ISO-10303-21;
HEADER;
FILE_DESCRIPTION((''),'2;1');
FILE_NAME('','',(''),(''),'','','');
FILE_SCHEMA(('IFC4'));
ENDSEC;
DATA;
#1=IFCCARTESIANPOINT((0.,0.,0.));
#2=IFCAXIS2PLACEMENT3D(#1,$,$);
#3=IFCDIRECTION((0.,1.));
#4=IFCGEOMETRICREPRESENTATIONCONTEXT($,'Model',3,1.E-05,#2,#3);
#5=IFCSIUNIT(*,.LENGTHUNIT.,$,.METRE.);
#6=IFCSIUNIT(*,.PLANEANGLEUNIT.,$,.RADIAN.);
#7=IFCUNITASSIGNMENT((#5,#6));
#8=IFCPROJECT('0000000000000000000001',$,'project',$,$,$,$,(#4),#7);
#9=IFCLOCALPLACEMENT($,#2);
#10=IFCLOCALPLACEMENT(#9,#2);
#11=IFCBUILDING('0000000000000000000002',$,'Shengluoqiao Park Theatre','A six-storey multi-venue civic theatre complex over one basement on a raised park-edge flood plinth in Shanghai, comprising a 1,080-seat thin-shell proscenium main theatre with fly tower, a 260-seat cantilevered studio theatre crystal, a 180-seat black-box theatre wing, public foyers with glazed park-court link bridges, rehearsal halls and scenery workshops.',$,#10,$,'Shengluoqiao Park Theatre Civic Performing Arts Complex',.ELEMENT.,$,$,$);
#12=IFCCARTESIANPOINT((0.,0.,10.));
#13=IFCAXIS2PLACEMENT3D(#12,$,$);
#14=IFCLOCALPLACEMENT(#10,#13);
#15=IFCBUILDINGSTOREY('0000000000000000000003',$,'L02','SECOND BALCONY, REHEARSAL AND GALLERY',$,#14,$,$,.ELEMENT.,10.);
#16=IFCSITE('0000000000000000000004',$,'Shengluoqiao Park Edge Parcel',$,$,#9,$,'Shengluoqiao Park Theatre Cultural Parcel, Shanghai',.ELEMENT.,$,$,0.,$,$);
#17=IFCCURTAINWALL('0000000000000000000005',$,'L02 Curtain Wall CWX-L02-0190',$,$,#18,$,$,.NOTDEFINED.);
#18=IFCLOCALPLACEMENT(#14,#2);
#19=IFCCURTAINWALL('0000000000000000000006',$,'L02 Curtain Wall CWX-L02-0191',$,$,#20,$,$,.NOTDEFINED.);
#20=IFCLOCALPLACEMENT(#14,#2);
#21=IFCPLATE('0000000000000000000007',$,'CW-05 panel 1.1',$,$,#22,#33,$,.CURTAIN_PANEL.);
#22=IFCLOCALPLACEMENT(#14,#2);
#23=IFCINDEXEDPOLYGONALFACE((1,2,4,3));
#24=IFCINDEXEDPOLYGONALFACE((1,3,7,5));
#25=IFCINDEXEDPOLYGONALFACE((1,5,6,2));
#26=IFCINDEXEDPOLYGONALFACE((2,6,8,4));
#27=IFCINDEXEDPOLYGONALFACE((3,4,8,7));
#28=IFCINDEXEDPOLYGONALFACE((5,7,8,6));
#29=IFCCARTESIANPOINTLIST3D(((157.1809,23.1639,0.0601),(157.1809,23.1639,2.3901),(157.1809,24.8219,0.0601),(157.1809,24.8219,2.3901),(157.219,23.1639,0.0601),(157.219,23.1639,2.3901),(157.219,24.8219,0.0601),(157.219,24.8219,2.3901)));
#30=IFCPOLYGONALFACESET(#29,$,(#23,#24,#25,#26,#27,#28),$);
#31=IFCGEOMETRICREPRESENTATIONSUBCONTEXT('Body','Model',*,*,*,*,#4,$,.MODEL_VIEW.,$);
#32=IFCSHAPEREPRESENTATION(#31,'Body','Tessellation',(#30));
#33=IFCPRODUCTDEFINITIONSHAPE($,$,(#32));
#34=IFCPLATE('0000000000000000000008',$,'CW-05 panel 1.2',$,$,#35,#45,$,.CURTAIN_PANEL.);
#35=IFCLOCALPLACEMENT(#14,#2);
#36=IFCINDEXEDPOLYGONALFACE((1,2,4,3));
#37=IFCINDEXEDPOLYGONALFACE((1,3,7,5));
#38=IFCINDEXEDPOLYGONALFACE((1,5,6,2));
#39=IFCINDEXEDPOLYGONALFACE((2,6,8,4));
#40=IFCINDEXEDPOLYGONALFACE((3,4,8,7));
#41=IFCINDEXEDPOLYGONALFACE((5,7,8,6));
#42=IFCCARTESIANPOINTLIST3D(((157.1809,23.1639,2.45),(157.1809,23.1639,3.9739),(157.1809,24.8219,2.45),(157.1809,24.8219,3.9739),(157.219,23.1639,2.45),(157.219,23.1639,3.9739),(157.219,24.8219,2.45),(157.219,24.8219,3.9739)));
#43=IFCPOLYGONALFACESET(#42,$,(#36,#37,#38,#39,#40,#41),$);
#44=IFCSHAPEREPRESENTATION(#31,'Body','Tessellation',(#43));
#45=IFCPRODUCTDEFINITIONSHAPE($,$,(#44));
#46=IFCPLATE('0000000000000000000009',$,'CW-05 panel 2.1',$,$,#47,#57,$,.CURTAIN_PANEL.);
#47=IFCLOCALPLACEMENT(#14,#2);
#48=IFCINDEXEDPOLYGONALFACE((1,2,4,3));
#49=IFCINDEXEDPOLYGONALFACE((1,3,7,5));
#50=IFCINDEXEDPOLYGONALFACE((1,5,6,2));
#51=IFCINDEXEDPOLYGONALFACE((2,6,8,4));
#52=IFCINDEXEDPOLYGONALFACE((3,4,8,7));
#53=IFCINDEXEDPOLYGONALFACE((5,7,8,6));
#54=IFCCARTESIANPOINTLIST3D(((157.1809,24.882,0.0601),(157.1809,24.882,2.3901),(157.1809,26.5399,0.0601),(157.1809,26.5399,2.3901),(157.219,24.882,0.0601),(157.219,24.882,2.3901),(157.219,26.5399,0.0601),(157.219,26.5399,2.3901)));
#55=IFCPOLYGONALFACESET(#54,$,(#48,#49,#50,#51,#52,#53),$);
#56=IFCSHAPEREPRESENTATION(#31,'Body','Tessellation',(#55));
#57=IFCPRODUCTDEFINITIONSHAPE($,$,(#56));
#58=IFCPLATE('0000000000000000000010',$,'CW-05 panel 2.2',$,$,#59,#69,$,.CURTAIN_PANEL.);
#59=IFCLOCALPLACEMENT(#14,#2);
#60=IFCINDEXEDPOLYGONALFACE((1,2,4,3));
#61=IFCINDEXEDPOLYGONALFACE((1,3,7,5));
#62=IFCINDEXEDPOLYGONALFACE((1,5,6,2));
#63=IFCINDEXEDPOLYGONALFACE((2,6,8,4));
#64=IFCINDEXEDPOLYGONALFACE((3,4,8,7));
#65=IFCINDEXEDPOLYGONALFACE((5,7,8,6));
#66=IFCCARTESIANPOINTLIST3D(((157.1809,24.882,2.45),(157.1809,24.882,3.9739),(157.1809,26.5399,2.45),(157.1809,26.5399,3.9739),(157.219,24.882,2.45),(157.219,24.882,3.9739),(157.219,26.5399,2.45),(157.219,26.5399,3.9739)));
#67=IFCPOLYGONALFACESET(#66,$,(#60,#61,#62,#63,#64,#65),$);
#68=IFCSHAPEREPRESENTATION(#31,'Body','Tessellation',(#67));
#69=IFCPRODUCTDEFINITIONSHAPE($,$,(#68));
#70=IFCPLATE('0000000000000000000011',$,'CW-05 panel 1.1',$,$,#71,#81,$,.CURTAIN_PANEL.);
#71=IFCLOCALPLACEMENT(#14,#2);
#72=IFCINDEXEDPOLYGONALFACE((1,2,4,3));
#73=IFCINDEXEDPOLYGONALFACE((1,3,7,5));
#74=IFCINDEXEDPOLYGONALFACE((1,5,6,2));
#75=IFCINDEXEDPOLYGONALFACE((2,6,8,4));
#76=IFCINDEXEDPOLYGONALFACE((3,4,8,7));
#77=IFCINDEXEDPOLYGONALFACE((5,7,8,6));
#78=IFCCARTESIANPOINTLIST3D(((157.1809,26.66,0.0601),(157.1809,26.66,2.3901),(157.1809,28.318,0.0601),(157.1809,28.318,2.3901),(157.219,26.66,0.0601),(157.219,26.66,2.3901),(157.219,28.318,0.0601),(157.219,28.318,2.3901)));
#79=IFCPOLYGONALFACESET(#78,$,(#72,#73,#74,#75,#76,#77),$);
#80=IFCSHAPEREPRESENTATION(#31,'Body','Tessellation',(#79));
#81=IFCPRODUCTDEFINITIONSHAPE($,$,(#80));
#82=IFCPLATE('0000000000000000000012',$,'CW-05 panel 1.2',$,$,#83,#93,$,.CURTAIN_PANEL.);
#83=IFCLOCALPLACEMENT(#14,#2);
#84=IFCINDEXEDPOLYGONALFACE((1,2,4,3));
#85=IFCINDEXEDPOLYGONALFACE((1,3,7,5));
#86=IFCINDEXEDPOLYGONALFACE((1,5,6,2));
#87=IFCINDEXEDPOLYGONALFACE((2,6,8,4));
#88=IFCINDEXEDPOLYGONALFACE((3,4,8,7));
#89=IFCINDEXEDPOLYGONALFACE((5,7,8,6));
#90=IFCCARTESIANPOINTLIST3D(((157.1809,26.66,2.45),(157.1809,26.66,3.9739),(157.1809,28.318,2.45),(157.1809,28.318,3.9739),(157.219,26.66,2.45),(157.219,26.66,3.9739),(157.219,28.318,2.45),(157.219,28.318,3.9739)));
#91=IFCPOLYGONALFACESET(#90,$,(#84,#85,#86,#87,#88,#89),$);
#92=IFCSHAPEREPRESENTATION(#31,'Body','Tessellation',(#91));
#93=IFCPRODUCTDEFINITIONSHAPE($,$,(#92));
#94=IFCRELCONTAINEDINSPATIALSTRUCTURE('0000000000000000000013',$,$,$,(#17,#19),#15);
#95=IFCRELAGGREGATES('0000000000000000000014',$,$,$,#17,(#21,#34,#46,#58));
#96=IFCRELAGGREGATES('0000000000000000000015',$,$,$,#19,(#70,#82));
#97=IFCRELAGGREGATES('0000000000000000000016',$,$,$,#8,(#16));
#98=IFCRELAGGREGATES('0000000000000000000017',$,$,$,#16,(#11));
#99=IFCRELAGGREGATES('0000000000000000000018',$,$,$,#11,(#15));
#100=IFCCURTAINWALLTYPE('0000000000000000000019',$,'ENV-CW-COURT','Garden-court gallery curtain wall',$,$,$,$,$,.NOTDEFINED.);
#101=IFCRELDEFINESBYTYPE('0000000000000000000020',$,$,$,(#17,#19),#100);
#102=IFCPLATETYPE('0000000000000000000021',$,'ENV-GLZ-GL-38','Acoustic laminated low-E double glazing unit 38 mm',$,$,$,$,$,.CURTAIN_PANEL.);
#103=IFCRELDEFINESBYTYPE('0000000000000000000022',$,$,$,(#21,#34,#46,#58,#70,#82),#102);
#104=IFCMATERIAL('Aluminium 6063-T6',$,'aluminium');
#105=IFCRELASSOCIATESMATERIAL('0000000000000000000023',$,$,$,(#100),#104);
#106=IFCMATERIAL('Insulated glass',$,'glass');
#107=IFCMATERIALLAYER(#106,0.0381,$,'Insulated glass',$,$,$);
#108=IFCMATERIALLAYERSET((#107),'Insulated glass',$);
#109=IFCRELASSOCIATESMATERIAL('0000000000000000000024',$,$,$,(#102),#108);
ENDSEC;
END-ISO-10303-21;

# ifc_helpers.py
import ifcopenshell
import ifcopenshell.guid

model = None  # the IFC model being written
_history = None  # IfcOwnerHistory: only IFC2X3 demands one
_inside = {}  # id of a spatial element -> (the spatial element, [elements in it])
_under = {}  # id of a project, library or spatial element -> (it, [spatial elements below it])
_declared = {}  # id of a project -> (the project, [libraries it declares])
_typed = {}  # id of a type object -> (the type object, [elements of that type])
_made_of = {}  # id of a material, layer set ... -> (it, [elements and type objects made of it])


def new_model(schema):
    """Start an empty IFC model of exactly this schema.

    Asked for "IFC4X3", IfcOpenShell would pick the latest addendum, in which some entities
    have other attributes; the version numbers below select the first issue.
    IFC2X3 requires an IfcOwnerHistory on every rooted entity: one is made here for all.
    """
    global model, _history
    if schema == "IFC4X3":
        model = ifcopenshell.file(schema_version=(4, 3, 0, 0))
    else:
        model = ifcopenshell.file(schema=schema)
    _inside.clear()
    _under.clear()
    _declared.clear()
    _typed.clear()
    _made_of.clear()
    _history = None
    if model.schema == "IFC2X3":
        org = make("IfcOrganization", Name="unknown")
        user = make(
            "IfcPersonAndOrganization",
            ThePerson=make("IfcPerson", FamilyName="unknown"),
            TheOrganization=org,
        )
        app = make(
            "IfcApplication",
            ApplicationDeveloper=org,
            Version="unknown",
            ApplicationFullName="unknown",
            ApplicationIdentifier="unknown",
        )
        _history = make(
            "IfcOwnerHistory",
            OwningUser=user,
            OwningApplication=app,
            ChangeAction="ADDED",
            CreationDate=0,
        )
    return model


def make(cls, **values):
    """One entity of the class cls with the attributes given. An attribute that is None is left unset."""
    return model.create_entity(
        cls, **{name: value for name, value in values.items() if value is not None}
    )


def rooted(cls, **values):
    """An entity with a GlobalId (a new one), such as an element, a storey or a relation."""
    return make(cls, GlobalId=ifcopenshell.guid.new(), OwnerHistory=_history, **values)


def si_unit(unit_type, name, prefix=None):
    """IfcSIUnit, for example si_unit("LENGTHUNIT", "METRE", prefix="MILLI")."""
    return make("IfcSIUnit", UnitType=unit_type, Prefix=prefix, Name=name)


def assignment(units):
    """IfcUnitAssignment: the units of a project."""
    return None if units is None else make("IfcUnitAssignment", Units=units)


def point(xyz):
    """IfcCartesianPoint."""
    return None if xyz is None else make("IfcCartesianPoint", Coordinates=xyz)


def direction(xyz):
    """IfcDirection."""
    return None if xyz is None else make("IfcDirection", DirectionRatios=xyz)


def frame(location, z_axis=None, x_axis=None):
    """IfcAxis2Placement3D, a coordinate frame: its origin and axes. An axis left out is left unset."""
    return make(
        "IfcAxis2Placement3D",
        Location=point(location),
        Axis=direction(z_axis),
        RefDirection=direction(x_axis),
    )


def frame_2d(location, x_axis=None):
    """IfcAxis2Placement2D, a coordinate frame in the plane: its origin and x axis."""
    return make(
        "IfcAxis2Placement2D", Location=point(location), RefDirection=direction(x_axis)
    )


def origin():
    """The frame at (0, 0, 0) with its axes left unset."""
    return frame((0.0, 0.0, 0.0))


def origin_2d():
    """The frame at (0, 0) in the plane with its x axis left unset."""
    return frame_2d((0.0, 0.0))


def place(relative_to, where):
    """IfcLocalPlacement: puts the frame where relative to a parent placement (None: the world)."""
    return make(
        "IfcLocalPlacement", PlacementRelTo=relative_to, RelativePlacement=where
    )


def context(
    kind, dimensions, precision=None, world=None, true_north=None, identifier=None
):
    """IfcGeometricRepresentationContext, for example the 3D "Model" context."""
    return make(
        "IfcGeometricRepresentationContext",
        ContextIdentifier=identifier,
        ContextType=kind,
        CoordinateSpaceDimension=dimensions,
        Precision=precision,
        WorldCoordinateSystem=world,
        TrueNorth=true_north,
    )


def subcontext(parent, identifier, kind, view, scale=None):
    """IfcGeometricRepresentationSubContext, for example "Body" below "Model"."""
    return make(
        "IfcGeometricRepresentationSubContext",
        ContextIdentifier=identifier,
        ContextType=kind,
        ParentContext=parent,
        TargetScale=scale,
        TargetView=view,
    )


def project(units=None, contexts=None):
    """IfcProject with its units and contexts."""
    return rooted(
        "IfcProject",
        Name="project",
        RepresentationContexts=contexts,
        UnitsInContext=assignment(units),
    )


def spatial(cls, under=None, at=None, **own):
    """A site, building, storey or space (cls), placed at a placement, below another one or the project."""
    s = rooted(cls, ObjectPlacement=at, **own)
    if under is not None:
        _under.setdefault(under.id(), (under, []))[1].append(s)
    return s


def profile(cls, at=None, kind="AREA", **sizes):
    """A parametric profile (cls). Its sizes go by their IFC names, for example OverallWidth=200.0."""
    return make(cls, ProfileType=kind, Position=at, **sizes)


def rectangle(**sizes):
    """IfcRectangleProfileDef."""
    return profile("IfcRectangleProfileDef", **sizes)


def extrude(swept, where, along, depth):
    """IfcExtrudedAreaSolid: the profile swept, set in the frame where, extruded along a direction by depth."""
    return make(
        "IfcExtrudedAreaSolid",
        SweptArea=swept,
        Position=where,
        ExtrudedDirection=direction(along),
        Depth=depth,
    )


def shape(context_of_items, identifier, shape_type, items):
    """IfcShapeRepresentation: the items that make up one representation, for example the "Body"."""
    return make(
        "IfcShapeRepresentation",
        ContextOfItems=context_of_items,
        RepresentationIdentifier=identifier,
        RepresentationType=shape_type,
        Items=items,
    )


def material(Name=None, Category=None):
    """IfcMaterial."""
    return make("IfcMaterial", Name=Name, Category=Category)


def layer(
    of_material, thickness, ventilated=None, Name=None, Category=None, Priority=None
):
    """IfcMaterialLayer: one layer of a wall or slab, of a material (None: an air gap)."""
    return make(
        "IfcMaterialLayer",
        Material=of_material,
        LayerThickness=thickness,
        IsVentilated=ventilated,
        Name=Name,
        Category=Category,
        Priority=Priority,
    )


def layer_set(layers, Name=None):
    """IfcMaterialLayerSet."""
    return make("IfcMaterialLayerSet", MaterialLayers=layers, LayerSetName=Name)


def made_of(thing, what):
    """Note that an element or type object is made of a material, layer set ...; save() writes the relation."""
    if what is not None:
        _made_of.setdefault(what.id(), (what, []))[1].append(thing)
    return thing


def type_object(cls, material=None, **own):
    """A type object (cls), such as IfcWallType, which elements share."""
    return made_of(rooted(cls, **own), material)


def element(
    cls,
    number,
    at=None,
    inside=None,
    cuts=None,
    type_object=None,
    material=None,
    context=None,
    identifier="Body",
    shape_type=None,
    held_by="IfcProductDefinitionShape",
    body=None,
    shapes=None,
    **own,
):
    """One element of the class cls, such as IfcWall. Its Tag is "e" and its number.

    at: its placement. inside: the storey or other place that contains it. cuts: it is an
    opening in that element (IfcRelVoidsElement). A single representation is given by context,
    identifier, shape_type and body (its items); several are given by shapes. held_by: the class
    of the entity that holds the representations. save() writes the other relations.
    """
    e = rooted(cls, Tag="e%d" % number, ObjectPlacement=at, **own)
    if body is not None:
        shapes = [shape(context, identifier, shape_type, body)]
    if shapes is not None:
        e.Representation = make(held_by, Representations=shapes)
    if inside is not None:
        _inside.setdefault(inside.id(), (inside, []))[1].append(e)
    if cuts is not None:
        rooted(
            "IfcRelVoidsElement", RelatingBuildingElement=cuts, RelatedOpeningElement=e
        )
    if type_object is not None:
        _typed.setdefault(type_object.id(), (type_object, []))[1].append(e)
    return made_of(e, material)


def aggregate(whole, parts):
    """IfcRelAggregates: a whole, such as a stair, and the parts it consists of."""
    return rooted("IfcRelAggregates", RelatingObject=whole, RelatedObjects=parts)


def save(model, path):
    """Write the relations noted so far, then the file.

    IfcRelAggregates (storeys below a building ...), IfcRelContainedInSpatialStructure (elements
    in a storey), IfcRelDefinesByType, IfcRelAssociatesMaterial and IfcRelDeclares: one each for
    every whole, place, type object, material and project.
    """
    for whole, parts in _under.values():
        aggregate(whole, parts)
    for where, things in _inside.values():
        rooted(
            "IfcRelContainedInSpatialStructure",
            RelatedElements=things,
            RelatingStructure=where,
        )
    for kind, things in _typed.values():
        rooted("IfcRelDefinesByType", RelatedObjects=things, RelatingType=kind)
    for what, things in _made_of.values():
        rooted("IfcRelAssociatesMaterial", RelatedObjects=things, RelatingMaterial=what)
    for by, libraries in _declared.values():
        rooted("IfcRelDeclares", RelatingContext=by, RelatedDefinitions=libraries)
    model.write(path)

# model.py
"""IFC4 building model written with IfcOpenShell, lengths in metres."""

from ifc_helpers import new_model, si_unit, direction, frame, origin, origin_2d, place, context, subcontext, project, spatial, rectangle, extrude, material, layer, layer_set, type_object, element, aggregate, save


model = new_model("IFC4")

# Units and contexts
model_context = context("Model", 3, precision=1e-05, world=origin(), true_north=direction((0.0, 1.0)))
body_context = subcontext(model_context, "Body", "Model", "MODEL_VIEW")
ifc_project = project(units=[si_unit("LENGTHUNIT", "METRE"), si_unit("PLANEANGLEUNIT", "RADIAN")], contexts=[model_context])

# Site, building, storey
site_placement = place(None, origin())
site = spatial("IfcSite", under=ifc_project, at=site_placement, Name="Shengluoqiao Park Edge Parcel", LongName="Shengluoqiao Park Theatre Cultural Parcel, Shanghai", CompositionType="ELEMENT", RefElevation=0.0)
building_placement = place(site_placement, origin())
building = spatial("IfcBuilding", under=site, at=building_placement, Name="Shengluoqiao Park Theatre", Description="A six-storey multi-venue civic theatre complex over one basement on a raised park-edge flood plinth in Shanghai, comprising a 1,080-seat thin-shell proscenium main theatre with fly tower, a 260-seat cantilevered studio theatre crystal, a 180-seat black-box theatre wing, public foyers with glazed park-court link bridges, rehearsal halls and scenery workshops.", LongName="Shengluoqiao Park Theatre Civic Performing Arts Complex", CompositionType="ELEMENT")
storey_placement = place(building_placement, frame((0.0, 0.0, 10.0)))
storey = spatial("IfcBuildingStorey", under=building, at=storey_placement, Name="L02", Description="SECOND BALCONY, REHEARSAL AND GALLERY", CompositionType="ELEMENT", Elevation=10.0)

# Curtain walls
ifc_material_1 = material(Name="Aluminium 6063-T6", Category="aluminium")
curtain_wall_type = type_object("IfcCurtainWallType", Name="ENV-CW-COURT", Description="Garden-court gallery curtain wall", PredefinedType="NOTDEFINED", material=ifc_material_1)
curtain_wall_1_placement = place(storey_placement, origin())
curtain_wall_1 = element("IfcCurtainWall", 1, at=curtain_wall_1_placement, inside=storey, type_object=curtain_wall_type, Name="L02 Curtain Wall CWX-L02-0190", PredefinedType="NOTDEFINED")
curtain_wall_2_placement = place(storey_placement, origin())
curtain_wall_2 = element("IfcCurtainWall", 2, at=curtain_wall_2_placement, inside=storey, type_object=curtain_wall_type, Name="L02 Curtain Wall CWX-L02-0191", PredefinedType="NOTDEFINED")

# Plates
ifc_material_2 = material(Name="Insulated glass", Category="glass")
ifc_layer = layer(ifc_material_2, 0.0381, Name="Insulated glass")
ifc_layer_set = layer_set([ifc_layer], Name="Insulated glass")
plate_type = type_object("IfcPlateType", Name="ENV-GLZ-GL-38", Description="Acoustic laminated low-E double glazing unit 38 mm", PredefinedType="CURTAIN_PANEL", material=ifc_layer_set)
plate_1_placement = place(storey_placement, frame((157.2, 23.9929, 0.0601), z_axis=(0.0, 0.0, 1.0), x_axis=(0.0, 1.0, 0.0)))
plate_1 = element("IfcPlate", 3, at=plate_1_placement, type_object=plate_type, Name="CW-05 panel 1.1", PredefinedType="CURTAIN_PANEL", context=body_context, shape_type="SweptSolid", body=[
    extrude(rectangle(XDim=1.658, YDim=0.0381, at=origin_2d()), origin(), (0.0, 0.0, 1.0), 2.3301),
])
plate_2_placement = place(storey_placement, frame((157.2, 23.9929, 2.45), z_axis=(0.0, 0.0, 1.0), x_axis=(0.0, 1.0, 0.0)))
plate_2 = element("IfcPlate", 4, at=plate_2_placement, type_object=plate_type, Name="CW-05 panel 1.2", PredefinedType="CURTAIN_PANEL", context=body_context, shape_type="SweptSolid", body=[
    extrude(rectangle(XDim=1.658, YDim=0.0381, at=origin_2d()), origin(), (0.0, 0.0, 1.0), 1.5239),
])
plate_3_placement = place(storey_placement, frame((157.2, 25.7109, 0.0601), z_axis=(0.0, 0.0, 1.0), x_axis=(0.0, 1.0, 0.0)))
plate_3 = element("IfcPlate", 5, at=plate_3_placement, type_object=plate_type, Name="CW-05 panel 2.1", PredefinedType="CURTAIN_PANEL", context=body_context, shape_type="SweptSolid", body=[
    extrude(rectangle(XDim=1.658, YDim=0.0381, at=origin_2d()), origin(), (0.0, 0.0, 1.0), 2.3301),
])
plate_4_placement = place(storey_placement, frame((157.2, 25.7109, 2.45), z_axis=(0.0, 0.0, 1.0), x_axis=(0.0, 1.0, 0.0)))
plate_4 = element("IfcPlate", 6, at=plate_4_placement, type_object=plate_type, Name="CW-05 panel 2.2", PredefinedType="CURTAIN_PANEL", context=body_context, shape_type="SweptSolid", body=[
    extrude(rectangle(XDim=1.658, YDim=0.0381, at=origin_2d()), origin(), (0.0, 0.0, 1.0), 1.5239),
])
aggregate(curtain_wall_1, [plate_1, plate_2, plate_3, plate_4])
plate_5_placement = place(storey_placement, frame((157.2, 27.489, 0.0601), z_axis=(0.0, 0.0, 1.0), x_axis=(0.0, 1.0, 0.0)))
plate_5 = element("IfcPlate", 7, at=plate_5_placement, type_object=plate_type, Name="CW-05 panel 1.1", PredefinedType="CURTAIN_PANEL", context=body_context, shape_type="SweptSolid", body=[
    extrude(rectangle(XDim=1.658, YDim=0.0381, at=origin_2d()), origin(), (0.0, 0.0, 1.0), 2.3301),
])
plate_6_placement = place(storey_placement, frame((157.2, 27.489, 2.45), z_axis=(0.0, 0.0, 1.0), x_axis=(0.0, 1.0, 0.0)))
plate_6 = element("IfcPlate", 8, at=plate_6_placement, type_object=plate_type, Name="CW-05 panel 1.2", PredefinedType="CURTAIN_PANEL", context=body_context, shape_type="SweptSolid", body=[
    extrude(rectangle(XDim=1.658, YDim=0.0381, at=origin_2d()), origin(), (0.0, 0.0, 1.0), 1.5239),
])
aggregate(curtain_wall_2, [plate_5, plate_6])

save(model, "model.ifc")
